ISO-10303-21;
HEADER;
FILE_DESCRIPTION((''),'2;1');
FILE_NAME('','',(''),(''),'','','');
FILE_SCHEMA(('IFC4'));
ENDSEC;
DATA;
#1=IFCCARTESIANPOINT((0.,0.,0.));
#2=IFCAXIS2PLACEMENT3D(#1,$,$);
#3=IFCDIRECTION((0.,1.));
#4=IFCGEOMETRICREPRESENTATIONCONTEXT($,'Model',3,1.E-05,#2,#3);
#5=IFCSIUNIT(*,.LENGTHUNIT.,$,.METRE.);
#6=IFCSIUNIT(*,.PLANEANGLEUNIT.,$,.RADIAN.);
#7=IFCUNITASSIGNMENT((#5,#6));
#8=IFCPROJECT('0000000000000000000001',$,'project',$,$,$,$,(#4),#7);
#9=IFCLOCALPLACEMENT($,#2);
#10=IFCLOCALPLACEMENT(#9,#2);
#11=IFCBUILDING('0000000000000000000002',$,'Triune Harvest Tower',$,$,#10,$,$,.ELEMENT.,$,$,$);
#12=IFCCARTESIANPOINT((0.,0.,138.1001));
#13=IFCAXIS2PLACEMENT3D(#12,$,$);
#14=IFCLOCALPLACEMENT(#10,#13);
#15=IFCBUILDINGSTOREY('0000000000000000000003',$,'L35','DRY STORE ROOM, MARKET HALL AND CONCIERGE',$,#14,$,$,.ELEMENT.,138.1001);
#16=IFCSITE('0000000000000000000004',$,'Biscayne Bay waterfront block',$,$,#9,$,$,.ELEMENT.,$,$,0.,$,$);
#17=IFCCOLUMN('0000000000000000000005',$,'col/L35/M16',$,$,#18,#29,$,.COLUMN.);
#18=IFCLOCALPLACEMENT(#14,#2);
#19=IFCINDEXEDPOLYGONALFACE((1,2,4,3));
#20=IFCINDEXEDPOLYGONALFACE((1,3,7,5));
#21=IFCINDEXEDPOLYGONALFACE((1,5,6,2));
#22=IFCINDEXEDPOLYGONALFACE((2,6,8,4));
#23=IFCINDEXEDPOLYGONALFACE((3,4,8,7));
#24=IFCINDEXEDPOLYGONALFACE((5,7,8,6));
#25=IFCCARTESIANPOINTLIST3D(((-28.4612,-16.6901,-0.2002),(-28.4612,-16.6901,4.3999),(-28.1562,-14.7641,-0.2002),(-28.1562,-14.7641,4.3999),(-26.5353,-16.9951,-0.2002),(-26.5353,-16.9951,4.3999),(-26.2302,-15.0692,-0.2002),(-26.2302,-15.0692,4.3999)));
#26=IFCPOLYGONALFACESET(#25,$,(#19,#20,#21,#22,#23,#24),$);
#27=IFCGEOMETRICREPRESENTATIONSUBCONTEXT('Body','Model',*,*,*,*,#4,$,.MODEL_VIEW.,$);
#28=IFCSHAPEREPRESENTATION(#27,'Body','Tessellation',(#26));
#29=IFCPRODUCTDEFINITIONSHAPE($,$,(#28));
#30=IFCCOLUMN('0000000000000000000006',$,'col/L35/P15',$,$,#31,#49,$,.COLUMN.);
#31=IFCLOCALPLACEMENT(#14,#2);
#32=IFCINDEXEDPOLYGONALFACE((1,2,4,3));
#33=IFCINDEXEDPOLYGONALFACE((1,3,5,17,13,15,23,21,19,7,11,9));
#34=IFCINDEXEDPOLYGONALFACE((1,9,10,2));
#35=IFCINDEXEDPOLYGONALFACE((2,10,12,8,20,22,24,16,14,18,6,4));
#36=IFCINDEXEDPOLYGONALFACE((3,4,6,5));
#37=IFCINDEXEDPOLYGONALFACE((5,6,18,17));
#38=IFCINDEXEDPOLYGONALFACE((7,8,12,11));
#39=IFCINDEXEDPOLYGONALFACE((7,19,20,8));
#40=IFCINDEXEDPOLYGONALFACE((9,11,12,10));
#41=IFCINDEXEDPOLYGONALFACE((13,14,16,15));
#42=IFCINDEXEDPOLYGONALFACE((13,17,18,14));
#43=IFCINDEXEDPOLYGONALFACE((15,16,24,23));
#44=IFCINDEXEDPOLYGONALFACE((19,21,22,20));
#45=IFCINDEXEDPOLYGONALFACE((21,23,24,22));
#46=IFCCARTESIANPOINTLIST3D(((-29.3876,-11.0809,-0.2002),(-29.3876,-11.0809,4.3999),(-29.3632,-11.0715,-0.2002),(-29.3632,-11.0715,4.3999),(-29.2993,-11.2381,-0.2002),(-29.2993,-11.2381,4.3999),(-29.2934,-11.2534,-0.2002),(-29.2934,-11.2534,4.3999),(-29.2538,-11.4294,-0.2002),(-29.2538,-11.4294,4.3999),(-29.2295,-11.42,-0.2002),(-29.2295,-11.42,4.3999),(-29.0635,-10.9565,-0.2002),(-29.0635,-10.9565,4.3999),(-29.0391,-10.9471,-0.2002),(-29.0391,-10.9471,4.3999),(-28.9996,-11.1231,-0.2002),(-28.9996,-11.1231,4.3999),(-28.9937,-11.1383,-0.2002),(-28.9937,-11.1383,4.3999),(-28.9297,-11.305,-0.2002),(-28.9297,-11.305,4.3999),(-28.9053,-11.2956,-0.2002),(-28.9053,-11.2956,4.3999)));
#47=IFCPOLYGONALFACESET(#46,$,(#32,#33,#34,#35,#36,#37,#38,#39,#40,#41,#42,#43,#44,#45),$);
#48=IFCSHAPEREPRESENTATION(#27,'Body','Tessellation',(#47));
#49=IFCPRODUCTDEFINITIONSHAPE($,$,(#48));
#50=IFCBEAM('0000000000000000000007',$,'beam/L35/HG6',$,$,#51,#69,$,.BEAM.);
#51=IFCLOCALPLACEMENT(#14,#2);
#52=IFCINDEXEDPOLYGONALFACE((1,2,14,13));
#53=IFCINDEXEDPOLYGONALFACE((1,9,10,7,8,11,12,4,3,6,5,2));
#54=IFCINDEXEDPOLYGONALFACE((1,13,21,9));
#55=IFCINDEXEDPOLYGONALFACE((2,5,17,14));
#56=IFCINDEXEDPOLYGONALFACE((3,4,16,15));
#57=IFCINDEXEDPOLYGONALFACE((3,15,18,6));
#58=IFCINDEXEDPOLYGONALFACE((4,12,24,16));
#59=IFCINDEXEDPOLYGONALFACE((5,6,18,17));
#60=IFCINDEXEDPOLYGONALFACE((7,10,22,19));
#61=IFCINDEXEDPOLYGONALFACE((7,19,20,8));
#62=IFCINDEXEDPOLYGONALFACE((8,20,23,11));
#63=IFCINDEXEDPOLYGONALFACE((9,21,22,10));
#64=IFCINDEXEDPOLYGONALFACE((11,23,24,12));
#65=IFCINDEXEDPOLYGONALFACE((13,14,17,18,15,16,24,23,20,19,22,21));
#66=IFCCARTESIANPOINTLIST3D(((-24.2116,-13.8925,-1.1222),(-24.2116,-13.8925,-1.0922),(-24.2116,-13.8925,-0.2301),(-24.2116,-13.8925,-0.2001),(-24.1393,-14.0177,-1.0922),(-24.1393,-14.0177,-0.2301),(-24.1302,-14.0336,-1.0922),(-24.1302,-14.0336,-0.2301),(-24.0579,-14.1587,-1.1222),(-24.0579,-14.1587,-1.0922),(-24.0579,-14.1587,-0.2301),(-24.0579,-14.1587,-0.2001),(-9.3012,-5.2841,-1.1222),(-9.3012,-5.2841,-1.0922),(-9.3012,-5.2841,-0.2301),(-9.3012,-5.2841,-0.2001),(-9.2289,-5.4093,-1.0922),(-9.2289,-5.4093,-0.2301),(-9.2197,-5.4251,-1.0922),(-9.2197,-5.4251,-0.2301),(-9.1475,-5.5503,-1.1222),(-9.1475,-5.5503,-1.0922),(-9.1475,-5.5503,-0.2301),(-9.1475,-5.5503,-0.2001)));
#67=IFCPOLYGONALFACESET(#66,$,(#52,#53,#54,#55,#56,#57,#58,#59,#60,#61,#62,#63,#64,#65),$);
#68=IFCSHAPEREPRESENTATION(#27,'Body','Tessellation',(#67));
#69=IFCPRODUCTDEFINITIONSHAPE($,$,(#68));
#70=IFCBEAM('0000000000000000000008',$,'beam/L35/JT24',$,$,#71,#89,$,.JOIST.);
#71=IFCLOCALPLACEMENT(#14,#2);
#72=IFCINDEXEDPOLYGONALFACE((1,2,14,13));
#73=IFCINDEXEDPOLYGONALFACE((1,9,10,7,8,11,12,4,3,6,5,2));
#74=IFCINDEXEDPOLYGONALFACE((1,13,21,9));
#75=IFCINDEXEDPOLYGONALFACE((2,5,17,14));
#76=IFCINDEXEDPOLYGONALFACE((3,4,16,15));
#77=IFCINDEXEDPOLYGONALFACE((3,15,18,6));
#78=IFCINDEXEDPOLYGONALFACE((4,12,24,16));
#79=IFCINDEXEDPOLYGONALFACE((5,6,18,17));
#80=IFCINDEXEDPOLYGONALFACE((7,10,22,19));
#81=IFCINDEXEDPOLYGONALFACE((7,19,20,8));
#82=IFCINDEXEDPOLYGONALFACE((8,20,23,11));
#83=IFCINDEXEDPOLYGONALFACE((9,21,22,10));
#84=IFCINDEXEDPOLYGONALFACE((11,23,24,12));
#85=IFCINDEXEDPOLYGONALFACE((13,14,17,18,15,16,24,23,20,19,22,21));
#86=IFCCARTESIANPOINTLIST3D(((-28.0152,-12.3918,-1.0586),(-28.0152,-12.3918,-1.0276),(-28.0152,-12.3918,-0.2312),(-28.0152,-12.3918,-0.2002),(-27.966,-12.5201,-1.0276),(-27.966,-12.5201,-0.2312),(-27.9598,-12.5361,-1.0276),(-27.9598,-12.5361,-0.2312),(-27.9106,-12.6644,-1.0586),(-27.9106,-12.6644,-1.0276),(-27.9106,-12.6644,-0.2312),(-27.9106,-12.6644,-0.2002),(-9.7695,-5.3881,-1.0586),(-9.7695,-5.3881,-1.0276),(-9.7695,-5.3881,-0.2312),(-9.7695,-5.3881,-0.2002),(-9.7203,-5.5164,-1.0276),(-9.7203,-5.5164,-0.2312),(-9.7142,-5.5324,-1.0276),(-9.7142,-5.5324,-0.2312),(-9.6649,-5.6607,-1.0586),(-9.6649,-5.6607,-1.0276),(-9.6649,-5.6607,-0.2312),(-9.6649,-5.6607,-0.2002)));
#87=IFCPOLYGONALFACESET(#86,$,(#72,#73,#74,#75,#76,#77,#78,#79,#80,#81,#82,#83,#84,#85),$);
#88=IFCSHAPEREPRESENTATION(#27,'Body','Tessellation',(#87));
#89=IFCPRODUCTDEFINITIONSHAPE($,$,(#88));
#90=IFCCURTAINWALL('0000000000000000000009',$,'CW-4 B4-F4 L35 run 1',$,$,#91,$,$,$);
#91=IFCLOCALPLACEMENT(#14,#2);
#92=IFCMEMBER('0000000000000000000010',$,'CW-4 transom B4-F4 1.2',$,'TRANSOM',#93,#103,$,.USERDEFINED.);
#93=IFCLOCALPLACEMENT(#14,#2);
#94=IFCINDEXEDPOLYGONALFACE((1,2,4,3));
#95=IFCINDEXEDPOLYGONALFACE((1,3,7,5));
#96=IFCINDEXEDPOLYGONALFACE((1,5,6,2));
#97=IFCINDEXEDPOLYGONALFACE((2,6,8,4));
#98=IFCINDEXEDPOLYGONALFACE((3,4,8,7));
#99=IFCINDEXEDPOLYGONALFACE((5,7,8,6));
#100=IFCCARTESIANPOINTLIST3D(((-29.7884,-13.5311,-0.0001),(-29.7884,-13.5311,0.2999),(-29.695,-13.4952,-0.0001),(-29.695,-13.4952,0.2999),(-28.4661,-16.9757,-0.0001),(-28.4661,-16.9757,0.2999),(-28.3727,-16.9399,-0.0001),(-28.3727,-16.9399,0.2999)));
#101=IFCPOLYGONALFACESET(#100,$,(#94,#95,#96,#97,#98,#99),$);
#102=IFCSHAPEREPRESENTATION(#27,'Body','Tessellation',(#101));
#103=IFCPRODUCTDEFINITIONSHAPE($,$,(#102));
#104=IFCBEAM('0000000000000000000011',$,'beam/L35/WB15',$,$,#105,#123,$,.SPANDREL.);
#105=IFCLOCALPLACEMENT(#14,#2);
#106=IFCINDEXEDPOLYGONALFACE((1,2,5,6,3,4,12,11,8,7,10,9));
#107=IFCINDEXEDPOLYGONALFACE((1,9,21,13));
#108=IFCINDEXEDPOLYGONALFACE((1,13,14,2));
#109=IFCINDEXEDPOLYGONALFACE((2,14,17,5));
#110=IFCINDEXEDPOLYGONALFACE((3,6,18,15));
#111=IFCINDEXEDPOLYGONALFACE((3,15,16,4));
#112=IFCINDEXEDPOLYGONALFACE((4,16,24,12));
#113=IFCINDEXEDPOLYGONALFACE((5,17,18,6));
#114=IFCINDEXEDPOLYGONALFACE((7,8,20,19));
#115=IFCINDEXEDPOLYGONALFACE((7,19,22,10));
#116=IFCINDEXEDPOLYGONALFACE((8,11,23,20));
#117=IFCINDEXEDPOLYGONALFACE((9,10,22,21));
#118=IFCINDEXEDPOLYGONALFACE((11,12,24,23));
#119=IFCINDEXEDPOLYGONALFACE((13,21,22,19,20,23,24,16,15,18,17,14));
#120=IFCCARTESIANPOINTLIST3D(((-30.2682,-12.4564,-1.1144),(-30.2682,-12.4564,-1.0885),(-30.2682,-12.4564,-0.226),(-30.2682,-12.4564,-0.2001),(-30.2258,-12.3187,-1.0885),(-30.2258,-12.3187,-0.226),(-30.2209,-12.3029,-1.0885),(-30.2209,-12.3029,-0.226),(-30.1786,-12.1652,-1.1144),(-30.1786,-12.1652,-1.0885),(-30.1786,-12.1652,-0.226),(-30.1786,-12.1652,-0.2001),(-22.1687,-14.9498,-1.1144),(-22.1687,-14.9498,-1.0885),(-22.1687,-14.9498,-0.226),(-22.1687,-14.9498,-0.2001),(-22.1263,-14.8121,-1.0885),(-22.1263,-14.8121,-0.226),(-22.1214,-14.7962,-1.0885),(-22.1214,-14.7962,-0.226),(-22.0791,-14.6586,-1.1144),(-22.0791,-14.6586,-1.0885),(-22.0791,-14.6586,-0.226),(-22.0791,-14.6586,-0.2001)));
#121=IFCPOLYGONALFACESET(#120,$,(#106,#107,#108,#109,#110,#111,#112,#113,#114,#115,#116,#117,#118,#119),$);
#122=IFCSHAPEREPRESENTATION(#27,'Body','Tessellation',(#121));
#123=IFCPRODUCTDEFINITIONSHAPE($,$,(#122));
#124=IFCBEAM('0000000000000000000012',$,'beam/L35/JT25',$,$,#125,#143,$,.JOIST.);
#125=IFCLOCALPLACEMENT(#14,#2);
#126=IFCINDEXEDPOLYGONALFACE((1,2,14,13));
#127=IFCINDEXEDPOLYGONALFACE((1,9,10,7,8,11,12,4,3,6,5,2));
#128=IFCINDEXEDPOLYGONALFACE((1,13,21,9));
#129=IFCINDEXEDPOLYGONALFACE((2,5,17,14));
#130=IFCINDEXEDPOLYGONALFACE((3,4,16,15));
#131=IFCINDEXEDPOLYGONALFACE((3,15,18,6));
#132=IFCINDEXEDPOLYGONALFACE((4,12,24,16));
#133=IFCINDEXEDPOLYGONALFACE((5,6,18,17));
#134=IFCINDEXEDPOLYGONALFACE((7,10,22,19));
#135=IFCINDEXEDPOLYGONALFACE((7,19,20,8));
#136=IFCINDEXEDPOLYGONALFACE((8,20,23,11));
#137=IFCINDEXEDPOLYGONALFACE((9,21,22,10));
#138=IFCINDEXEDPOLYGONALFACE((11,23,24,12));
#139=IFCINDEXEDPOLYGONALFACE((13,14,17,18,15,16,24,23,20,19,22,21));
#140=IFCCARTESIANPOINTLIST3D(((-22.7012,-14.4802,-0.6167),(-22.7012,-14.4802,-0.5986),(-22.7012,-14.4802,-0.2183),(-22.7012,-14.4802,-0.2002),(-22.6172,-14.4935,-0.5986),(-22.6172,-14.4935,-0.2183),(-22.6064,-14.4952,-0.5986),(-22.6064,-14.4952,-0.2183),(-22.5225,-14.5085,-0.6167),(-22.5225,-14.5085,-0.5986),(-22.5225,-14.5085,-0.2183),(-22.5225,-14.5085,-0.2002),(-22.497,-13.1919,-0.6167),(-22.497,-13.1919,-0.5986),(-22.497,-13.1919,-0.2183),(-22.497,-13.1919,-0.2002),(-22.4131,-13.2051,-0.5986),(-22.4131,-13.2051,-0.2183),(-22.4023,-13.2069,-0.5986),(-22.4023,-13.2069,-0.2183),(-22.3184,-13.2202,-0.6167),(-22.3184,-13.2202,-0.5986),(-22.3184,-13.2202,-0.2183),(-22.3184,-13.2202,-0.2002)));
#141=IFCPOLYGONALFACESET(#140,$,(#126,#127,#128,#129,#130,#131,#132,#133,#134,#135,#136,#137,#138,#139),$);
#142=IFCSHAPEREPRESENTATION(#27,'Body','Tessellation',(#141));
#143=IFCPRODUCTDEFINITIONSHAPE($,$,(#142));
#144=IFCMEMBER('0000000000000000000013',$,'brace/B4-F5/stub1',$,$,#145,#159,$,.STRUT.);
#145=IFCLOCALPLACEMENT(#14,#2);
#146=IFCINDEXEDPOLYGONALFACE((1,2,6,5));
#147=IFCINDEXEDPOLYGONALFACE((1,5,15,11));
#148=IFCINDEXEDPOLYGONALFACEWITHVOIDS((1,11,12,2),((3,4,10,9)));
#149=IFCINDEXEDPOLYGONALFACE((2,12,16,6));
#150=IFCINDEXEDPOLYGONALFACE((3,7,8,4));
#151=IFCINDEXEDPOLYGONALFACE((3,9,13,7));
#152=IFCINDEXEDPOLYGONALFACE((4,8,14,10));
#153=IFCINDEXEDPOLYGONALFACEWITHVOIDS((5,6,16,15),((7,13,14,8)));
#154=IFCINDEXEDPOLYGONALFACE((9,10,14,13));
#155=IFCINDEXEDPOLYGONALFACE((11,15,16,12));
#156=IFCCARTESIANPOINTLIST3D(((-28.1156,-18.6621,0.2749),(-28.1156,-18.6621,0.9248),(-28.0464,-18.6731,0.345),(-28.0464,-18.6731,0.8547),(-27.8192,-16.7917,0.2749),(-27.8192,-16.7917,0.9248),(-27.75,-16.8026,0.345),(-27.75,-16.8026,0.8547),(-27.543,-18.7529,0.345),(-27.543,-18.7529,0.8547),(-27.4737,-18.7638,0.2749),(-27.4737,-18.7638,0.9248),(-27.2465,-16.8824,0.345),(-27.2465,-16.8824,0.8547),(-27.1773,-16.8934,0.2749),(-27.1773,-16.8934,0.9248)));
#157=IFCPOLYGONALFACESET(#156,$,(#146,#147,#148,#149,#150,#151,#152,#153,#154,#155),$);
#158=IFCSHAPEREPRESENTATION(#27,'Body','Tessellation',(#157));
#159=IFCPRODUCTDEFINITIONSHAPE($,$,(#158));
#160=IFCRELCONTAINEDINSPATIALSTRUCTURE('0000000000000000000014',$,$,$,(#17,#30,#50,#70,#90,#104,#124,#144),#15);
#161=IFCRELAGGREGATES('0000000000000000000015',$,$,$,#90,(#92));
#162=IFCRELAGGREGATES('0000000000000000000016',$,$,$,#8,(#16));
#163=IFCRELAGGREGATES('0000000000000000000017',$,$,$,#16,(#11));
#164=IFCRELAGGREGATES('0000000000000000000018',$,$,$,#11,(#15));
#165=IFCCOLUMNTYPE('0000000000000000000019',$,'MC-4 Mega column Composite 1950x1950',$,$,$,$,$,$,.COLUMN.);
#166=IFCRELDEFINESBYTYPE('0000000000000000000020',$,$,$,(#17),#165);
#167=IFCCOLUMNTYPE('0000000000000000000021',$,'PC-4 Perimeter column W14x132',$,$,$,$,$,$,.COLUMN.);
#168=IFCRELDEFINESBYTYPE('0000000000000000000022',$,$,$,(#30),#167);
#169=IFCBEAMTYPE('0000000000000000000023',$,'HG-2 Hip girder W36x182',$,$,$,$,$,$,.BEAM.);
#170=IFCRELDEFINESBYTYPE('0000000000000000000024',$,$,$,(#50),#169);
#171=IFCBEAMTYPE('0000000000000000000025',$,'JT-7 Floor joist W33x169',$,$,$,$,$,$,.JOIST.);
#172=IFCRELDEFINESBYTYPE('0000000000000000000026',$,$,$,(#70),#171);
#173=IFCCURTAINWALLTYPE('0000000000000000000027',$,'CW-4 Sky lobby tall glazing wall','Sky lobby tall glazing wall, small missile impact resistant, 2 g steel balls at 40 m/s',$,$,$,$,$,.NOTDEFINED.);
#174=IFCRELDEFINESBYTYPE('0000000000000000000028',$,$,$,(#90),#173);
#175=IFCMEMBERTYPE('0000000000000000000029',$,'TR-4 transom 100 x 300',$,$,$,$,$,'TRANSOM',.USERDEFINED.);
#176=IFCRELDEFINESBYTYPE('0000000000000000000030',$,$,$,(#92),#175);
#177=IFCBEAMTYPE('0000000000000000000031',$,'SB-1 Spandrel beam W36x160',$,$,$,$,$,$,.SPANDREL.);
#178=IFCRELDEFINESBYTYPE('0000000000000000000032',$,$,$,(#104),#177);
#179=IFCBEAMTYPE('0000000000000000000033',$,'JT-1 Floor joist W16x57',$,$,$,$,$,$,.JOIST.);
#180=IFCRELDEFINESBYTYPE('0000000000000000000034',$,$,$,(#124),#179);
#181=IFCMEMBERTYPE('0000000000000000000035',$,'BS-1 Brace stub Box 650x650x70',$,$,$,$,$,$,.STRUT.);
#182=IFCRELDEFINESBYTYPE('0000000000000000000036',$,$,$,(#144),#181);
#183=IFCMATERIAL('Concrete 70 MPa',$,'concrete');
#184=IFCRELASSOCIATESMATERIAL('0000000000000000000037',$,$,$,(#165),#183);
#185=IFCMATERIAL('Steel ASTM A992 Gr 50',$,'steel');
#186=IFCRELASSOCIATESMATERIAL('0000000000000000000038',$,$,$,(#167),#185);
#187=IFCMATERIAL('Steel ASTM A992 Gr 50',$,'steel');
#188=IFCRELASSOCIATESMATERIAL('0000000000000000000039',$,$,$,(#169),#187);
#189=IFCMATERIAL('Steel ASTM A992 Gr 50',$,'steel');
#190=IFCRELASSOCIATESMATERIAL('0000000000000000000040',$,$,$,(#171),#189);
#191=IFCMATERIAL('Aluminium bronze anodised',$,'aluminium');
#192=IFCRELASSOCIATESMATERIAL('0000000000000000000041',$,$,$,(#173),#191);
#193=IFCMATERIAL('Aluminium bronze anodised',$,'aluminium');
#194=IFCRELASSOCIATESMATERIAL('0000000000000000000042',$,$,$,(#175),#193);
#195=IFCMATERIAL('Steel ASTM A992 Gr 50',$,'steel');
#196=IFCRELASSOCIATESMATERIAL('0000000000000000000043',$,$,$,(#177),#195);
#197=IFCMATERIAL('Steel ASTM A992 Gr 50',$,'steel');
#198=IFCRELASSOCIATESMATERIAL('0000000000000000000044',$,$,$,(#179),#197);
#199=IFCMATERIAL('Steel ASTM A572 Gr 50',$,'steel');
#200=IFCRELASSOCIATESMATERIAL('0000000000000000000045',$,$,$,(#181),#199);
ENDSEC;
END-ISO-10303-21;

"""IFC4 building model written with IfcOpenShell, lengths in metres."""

from ifc_helpers import new_model, si_unit, direction, frame, origin, origin_2d, place, context, subcontext, project, spatial, rectangle, hollow_rectangle, i_section, extrude, source, transform, mapped, material, material_profile, profile_set, type_object, element, aggregate, save


model = new_model("IFC4")

# Units and contexts
model_context = context("Model", 3, precision=1e-05, world=origin(), true_north=direction((0.0, 1.0)))
body_context = subcontext(model_context, "Body", "Model", "MODEL_VIEW")
ifc_project = project(units=[si_unit("LENGTHUNIT", "METRE"), si_unit("PLANEANGLEUNIT", "RADIAN")], contexts=[model_context])

# Site, building, storey
site_placement = place(None, origin())
site = spatial("IfcSite", under=ifc_project, at=site_placement, Name="Biscayne Bay waterfront block", CompositionType="ELEMENT", RefElevation=0.0)
building_placement = place(site_placement, origin())
building = spatial("IfcBuilding", under=site, at=building_placement, Name="Triune Harvest Tower", CompositionType="ELEMENT")
storey_placement = place(building_placement, frame((0.0, 0.0, 138.1001)))
storey = spatial("IfcBuildingStorey", under=building, at=storey_placement, Name="L35", Description="DRY STORE ROOM, MARKET HALL AND CONCIERGE", CompositionType="ELEMENT", Elevation=138.1001)

# Columns
ifc_material_1 = material(Name="Concrete 70 MPa", Category="concrete")
ifc_material_profile_1 = material_profile(ifc_material_1, rectangle(XDim=1.95, YDim=1.95, at=origin_2d()), Name="Composite 1950x1950")
ifc_profile_set_1 = profile_set([ifc_material_profile_1], Name="Concrete 70 MPa")
column_type_1 = type_object("IfcColumnType", Name="MC-4 Mega column Composite 1950x1950", PredefinedType="COLUMN", material=ifc_profile_set_1)
shared_shape_1 = source(origin(), body_context, "Body", "SweptSolid", [
    extrude(rectangle(XDim=1.95, YDim=1.95, at=origin_2d()), origin(), (0.0, 0.0, 1.0), 4.6001),
])
column_1_placement = place(storey_placement, frame((-27.3457, -15.8796, -0.2002), z_axis=(0.0, 0.0, 1.0), x_axis=(0.987688, -0.156434, 0.0)))
element("IfcColumn", 1, at=column_1_placement, inside=storey, type_object=column_type_1, Name="col/L35/M16", PredefinedType="COLUMN", context=body_context, shape_type="MappedRepresentation", body=[
    mapped(shared_shape_1, transform((0.0, 0.0, 0.0), scale=1.0)),
])
ifc_material_2 = material(Name="Steel ASTM A992 Gr 50", Category="steel")
ifc_material_profile_2 = material_profile(ifc_material_2, i_section(OverallWidth=0.3733, OverallDepth=0.3733, WebThickness=0.0164, FlangeThickness=0.0261, at=origin_2d()), Name="W14x132")
ifc_profile_set_2 = profile_set([ifc_material_profile_2], Name="Steel ASTM A992 Gr 50")
column_type_2 = type_object("IfcColumnType", Name="PC-4 Perimeter column W14x132", PredefinedType="COLUMN", material=ifc_profile_set_2)
shared_shape_2 = source(origin(), body_context, "Body", "SweptSolid", [
    extrude(i_section(OverallWidth=0.3733, OverallDepth=0.3733, WebThickness=0.0164, FlangeThickness=0.0261, at=origin_2d()), origin(), (0.0, 0.0, 1.0), 4.6001),
])
column_2_placement = place(storey_placement, frame((-29.1465, -11.1882, -0.2002), z_axis=(0.0, 0.0, 1.0), x_axis=(0.358366, -0.933581, 0.0)))
element("IfcColumn", 2, at=column_2_placement, inside=storey, type_object=column_type_2, Name="col/L35/P15", PredefinedType="COLUMN", context=body_context, shape_type="MappedRepresentation", body=[
    mapped(shared_shape_2, transform((0.0, 0.0, 0.0), scale=1.0)),
])

# Beams
ifc_material_3 = material(Name="Steel ASTM A992 Gr 50", Category="steel")
ifc_material_profile_3 = material_profile(ifc_material_3, i_section(OverallWidth=0.3074, OverallDepth=0.9221, WebThickness=0.0183, FlangeThickness=0.03, at=origin_2d()), Name="W36x182")
ifc_profile_set_3 = profile_set([ifc_material_profile_3], Name="Steel ASTM A992 Gr 50")
beam_type_1 = type_object("IfcBeamType", Name="HG-2 Hip girder W36x182", PredefinedType="BEAM", material=ifc_profile_set_3)
beam_1_placement = place(storey_placement, frame((-24.1348, -14.0256, -0.6611), z_axis=(0.866029, 0.499995, 0.0), x_axis=(-0.499995, 0.866029, 0.0)))
element("IfcBeam", 3, at=beam_1_placement, inside=storey, type_object=beam_type_1, Name="beam/L35/HG6", PredefinedType="BEAM", context=body_context, shape_type="SweptSolid", body=[
    extrude(i_section(OverallWidth=0.3074, OverallDepth=0.9221, WebThickness=0.0183, FlangeThickness=0.03, at=origin_2d()), origin(), (0.0, 0.0, 1.0), 17.217),
])
ifc_material_4 = material(Name="Steel ASTM A992 Gr 50", Category="steel")
ifc_material_profile_4 = material_profile(ifc_material_4, i_section(OverallWidth=0.292, OverallDepth=0.8584, WebThickness=0.0171, FlangeThickness=0.031, at=origin_2d()), Name="W33x169")
ifc_profile_set_4 = profile_set([ifc_material_profile_4], Name="Steel ASTM A992 Gr 50")
beam_type_2 = type_object("IfcBeamType", Name="JT-7 Floor joist W33x169", PredefinedType="JOIST", material=ifc_profile_set_4)
beam_2_placement = place(storey_placement, frame((-27.9629, -12.5281, -0.6294), z_axis=(0.933583, 0.35836, 0.0), x_axis=(-0.35836, 0.933583, 0.0)))
element("IfcBeam", 4, at=beam_2_placement, inside=storey, type_object=beam_type_2, Name="beam/L35/JT24", PredefinedType="JOIST", context=body_context, shape_type="SweptSolid", body=[
    extrude(i_section(OverallWidth=0.292, OverallDepth=0.8584, WebThickness=0.0171, FlangeThickness=0.031, at=origin_2d()), origin(), (0.0, 0.0, 1.0), 19.5437),
])

# Curtain wall, member
ifc_material_5 = material(Name="Aluminium bronze anodised", Category="aluminium")
curtain_wall_type_1 = type_object("IfcCurtainWallType", Name="CW-4 Sky lobby tall glazing wall", Description="Sky lobby tall glazing wall, small missile impact resistant, 2 g steel balls at 40 m/s", PredefinedType="NOTDEFINED", material=ifc_material_5)
curtain_wall_1_placement = place(storey_placement, origin())
curtain_wall_1 = element("IfcCurtainWall", 5, at=curtain_wall_1_placement, inside=storey, type_object=curtain_wall_type_1, Name="CW-4 B4-F4 L35 run 1")
ifc_material_6 = material(Name="Aluminium bronze anodised", Category="aluminium")
ifc_material_profile_5 = material_profile(ifc_material_6, rectangle(XDim=0.1001, YDim=0.3, at=origin_2d()), Name="TR-4 transom 100 x 300")
ifc_profile_set_5 = profile_set([ifc_material_profile_5], Name="Aluminium bronze anodised")
member_type_1 = type_object("IfcMemberType", Name="TR-4 transom 100 x 300", ElementType="TRANSOM", PredefinedType="USERDEFINED", material=ifc_profile_set_5)
member_1_placement = place(storey_placement, frame((-29.7417, -13.5132, 0.1499), z_axis=(0.358372, -0.933579, 0.0), x_axis=(0.933579, 0.358372, 0.0)))
member_1 = element("IfcMember", 6, at=member_1_placement, type_object=member_type_1, Name="CW-4 transom B4-F4 1.2", ObjectType="TRANSOM", PredefinedType="USERDEFINED", context=body_context, shape_type="SweptSolid", body=[
    extrude(rectangle(XDim=0.1001, YDim=0.3, at=origin_2d()), origin(), (0.0, 0.0, 1.0), 3.6897),
])

# Beams
ifc_material_7 = material(Name="Steel ASTM A992 Gr 50", Category="steel")
ifc_material_profile_6 = material_profile(ifc_material_7, i_section(OverallWidth=0.3047, OverallDepth=0.9143, WebThickness=0.0166, FlangeThickness=0.0259, at=origin_2d()), Name="W36x160")
ifc_profile_set_6 = profile_set([ifc_material_profile_6], Name="Steel ASTM A992 Gr 50")
beam_type_3 = type_object("IfcBeamType", Name="SB-1 Spandrel beam W36x160", PredefinedType="SPANDREL", material=ifc_profile_set_6)
shared_shape_3 = source(origin(), body_context, "Body", "SweptSolid", [
    extrude(i_section(OverallWidth=0.3047, OverallDepth=0.9143, WebThickness=0.0166, FlangeThickness=0.0259, at=origin_2d()), origin(), (0.0, 0.0, 1.0), 8.4746),
])
beam_3_placement = place(storey_placement, frame((-30.2234, -12.3108, -0.6572), z_axis=(0.955739, -0.294217, 0.0), x_axis=(0.294217, 0.955739, 0.0)))
element("IfcBeam", 7, at=beam_3_placement, inside=storey, type_object=beam_type_3, Name="beam/L35/WB15", PredefinedType="SPANDREL", context=body_context, shape_type="MappedRepresentation", body=[
    mapped(shared_shape_3, transform((0.0, 0.0, 0.0), scale=1.0)),
])
ifc_material_8 = material(Name="Steel ASTM A992 Gr 50", Category="steel")
ifc_material_profile_7 = material_profile(ifc_material_8, i_section(OverallWidth=0.1809, OverallDepth=0.4165, WebThickness=0.011, FlangeThickness=0.0181, at=origin_2d()), Name="W16x57")
ifc_profile_set_7 = profile_set([ifc_material_profile_7], Name="Steel ASTM A992 Gr 50")
beam_type_4 = type_object("IfcBeamType", Name="JT-1 Floor joist W16x57", PredefinedType="JOIST", material=ifc_profile_set_7)
shared_shape_4 = source(origin(), body_context, "Body", "SweptSolid", [
    extrude(i_section(OverallWidth=0.1809, OverallDepth=0.4165, WebThickness=0.011, FlangeThickness=0.0181, at=origin_2d()), origin(), (0.0, 0.0, 1.0), 1.3044),
])
beam_4_placement = place(storey_placement, frame((-22.6118, -14.4944, -0.4084), z_axis=(0.156472, 0.987682, 0.0), x_axis=(-0.987682, 0.156472, 0.0)))
element("IfcBeam", 8, at=beam_4_placement, inside=storey, type_object=beam_type_4, Name="beam/L35/JT25", PredefinedType="JOIST", context=body_context, shape_type="MappedRepresentation", body=[
    mapped(shared_shape_4, transform((0.0, 0.0, 0.0), scale=1.0)),
])

# Member
ifc_material_9 = material(Name="Steel ASTM A572 Gr 50", Category="steel")
ifc_material_profile_8 = material_profile(ifc_material_9, hollow_rectangle(XDim=0.6499, YDim=0.6499, WallThickness=0.0701, at=origin_2d()), Name="Box 650x650x70")
ifc_profile_set_8 = profile_set([ifc_material_profile_8], Name="Steel ASTM A572 Gr 50")
member_type_2 = type_object("IfcMemberType", Name="BS-1 Brace stub Box 650x650x70", PredefinedType="STRUT", material=ifc_profile_set_8)
shared_shape_5 = source(origin(), body_context, "Body", "SweptSolid", [
    extrude(hollow_rectangle(XDim=0.6499, YDim=0.6499, WallThickness=0.0701, at=origin_2d()), origin(), (0.0, 0.0, 1.0), 1.8938),
])
member_2_placement = place(storey_placement, frame((-27.4983, -16.8425, 0.5999), z_axis=(-0.156512, -0.987676, 0.0), x_axis=(0.987676, -0.156512, 0.0)))
element("IfcMember", 9, at=member_2_placement, inside=storey, type_object=member_type_2, Name="brace/B4-F5/stub1", PredefinedType="STRUT", context=body_context, shape_type="MappedRepresentation", body=[
    mapped(shared_shape_5, transform((0.0, 0.0, 0.0), scale=1.0)),
])

aggregate(curtain_wall_1, [member_1])

save(model, "model.ifc")
